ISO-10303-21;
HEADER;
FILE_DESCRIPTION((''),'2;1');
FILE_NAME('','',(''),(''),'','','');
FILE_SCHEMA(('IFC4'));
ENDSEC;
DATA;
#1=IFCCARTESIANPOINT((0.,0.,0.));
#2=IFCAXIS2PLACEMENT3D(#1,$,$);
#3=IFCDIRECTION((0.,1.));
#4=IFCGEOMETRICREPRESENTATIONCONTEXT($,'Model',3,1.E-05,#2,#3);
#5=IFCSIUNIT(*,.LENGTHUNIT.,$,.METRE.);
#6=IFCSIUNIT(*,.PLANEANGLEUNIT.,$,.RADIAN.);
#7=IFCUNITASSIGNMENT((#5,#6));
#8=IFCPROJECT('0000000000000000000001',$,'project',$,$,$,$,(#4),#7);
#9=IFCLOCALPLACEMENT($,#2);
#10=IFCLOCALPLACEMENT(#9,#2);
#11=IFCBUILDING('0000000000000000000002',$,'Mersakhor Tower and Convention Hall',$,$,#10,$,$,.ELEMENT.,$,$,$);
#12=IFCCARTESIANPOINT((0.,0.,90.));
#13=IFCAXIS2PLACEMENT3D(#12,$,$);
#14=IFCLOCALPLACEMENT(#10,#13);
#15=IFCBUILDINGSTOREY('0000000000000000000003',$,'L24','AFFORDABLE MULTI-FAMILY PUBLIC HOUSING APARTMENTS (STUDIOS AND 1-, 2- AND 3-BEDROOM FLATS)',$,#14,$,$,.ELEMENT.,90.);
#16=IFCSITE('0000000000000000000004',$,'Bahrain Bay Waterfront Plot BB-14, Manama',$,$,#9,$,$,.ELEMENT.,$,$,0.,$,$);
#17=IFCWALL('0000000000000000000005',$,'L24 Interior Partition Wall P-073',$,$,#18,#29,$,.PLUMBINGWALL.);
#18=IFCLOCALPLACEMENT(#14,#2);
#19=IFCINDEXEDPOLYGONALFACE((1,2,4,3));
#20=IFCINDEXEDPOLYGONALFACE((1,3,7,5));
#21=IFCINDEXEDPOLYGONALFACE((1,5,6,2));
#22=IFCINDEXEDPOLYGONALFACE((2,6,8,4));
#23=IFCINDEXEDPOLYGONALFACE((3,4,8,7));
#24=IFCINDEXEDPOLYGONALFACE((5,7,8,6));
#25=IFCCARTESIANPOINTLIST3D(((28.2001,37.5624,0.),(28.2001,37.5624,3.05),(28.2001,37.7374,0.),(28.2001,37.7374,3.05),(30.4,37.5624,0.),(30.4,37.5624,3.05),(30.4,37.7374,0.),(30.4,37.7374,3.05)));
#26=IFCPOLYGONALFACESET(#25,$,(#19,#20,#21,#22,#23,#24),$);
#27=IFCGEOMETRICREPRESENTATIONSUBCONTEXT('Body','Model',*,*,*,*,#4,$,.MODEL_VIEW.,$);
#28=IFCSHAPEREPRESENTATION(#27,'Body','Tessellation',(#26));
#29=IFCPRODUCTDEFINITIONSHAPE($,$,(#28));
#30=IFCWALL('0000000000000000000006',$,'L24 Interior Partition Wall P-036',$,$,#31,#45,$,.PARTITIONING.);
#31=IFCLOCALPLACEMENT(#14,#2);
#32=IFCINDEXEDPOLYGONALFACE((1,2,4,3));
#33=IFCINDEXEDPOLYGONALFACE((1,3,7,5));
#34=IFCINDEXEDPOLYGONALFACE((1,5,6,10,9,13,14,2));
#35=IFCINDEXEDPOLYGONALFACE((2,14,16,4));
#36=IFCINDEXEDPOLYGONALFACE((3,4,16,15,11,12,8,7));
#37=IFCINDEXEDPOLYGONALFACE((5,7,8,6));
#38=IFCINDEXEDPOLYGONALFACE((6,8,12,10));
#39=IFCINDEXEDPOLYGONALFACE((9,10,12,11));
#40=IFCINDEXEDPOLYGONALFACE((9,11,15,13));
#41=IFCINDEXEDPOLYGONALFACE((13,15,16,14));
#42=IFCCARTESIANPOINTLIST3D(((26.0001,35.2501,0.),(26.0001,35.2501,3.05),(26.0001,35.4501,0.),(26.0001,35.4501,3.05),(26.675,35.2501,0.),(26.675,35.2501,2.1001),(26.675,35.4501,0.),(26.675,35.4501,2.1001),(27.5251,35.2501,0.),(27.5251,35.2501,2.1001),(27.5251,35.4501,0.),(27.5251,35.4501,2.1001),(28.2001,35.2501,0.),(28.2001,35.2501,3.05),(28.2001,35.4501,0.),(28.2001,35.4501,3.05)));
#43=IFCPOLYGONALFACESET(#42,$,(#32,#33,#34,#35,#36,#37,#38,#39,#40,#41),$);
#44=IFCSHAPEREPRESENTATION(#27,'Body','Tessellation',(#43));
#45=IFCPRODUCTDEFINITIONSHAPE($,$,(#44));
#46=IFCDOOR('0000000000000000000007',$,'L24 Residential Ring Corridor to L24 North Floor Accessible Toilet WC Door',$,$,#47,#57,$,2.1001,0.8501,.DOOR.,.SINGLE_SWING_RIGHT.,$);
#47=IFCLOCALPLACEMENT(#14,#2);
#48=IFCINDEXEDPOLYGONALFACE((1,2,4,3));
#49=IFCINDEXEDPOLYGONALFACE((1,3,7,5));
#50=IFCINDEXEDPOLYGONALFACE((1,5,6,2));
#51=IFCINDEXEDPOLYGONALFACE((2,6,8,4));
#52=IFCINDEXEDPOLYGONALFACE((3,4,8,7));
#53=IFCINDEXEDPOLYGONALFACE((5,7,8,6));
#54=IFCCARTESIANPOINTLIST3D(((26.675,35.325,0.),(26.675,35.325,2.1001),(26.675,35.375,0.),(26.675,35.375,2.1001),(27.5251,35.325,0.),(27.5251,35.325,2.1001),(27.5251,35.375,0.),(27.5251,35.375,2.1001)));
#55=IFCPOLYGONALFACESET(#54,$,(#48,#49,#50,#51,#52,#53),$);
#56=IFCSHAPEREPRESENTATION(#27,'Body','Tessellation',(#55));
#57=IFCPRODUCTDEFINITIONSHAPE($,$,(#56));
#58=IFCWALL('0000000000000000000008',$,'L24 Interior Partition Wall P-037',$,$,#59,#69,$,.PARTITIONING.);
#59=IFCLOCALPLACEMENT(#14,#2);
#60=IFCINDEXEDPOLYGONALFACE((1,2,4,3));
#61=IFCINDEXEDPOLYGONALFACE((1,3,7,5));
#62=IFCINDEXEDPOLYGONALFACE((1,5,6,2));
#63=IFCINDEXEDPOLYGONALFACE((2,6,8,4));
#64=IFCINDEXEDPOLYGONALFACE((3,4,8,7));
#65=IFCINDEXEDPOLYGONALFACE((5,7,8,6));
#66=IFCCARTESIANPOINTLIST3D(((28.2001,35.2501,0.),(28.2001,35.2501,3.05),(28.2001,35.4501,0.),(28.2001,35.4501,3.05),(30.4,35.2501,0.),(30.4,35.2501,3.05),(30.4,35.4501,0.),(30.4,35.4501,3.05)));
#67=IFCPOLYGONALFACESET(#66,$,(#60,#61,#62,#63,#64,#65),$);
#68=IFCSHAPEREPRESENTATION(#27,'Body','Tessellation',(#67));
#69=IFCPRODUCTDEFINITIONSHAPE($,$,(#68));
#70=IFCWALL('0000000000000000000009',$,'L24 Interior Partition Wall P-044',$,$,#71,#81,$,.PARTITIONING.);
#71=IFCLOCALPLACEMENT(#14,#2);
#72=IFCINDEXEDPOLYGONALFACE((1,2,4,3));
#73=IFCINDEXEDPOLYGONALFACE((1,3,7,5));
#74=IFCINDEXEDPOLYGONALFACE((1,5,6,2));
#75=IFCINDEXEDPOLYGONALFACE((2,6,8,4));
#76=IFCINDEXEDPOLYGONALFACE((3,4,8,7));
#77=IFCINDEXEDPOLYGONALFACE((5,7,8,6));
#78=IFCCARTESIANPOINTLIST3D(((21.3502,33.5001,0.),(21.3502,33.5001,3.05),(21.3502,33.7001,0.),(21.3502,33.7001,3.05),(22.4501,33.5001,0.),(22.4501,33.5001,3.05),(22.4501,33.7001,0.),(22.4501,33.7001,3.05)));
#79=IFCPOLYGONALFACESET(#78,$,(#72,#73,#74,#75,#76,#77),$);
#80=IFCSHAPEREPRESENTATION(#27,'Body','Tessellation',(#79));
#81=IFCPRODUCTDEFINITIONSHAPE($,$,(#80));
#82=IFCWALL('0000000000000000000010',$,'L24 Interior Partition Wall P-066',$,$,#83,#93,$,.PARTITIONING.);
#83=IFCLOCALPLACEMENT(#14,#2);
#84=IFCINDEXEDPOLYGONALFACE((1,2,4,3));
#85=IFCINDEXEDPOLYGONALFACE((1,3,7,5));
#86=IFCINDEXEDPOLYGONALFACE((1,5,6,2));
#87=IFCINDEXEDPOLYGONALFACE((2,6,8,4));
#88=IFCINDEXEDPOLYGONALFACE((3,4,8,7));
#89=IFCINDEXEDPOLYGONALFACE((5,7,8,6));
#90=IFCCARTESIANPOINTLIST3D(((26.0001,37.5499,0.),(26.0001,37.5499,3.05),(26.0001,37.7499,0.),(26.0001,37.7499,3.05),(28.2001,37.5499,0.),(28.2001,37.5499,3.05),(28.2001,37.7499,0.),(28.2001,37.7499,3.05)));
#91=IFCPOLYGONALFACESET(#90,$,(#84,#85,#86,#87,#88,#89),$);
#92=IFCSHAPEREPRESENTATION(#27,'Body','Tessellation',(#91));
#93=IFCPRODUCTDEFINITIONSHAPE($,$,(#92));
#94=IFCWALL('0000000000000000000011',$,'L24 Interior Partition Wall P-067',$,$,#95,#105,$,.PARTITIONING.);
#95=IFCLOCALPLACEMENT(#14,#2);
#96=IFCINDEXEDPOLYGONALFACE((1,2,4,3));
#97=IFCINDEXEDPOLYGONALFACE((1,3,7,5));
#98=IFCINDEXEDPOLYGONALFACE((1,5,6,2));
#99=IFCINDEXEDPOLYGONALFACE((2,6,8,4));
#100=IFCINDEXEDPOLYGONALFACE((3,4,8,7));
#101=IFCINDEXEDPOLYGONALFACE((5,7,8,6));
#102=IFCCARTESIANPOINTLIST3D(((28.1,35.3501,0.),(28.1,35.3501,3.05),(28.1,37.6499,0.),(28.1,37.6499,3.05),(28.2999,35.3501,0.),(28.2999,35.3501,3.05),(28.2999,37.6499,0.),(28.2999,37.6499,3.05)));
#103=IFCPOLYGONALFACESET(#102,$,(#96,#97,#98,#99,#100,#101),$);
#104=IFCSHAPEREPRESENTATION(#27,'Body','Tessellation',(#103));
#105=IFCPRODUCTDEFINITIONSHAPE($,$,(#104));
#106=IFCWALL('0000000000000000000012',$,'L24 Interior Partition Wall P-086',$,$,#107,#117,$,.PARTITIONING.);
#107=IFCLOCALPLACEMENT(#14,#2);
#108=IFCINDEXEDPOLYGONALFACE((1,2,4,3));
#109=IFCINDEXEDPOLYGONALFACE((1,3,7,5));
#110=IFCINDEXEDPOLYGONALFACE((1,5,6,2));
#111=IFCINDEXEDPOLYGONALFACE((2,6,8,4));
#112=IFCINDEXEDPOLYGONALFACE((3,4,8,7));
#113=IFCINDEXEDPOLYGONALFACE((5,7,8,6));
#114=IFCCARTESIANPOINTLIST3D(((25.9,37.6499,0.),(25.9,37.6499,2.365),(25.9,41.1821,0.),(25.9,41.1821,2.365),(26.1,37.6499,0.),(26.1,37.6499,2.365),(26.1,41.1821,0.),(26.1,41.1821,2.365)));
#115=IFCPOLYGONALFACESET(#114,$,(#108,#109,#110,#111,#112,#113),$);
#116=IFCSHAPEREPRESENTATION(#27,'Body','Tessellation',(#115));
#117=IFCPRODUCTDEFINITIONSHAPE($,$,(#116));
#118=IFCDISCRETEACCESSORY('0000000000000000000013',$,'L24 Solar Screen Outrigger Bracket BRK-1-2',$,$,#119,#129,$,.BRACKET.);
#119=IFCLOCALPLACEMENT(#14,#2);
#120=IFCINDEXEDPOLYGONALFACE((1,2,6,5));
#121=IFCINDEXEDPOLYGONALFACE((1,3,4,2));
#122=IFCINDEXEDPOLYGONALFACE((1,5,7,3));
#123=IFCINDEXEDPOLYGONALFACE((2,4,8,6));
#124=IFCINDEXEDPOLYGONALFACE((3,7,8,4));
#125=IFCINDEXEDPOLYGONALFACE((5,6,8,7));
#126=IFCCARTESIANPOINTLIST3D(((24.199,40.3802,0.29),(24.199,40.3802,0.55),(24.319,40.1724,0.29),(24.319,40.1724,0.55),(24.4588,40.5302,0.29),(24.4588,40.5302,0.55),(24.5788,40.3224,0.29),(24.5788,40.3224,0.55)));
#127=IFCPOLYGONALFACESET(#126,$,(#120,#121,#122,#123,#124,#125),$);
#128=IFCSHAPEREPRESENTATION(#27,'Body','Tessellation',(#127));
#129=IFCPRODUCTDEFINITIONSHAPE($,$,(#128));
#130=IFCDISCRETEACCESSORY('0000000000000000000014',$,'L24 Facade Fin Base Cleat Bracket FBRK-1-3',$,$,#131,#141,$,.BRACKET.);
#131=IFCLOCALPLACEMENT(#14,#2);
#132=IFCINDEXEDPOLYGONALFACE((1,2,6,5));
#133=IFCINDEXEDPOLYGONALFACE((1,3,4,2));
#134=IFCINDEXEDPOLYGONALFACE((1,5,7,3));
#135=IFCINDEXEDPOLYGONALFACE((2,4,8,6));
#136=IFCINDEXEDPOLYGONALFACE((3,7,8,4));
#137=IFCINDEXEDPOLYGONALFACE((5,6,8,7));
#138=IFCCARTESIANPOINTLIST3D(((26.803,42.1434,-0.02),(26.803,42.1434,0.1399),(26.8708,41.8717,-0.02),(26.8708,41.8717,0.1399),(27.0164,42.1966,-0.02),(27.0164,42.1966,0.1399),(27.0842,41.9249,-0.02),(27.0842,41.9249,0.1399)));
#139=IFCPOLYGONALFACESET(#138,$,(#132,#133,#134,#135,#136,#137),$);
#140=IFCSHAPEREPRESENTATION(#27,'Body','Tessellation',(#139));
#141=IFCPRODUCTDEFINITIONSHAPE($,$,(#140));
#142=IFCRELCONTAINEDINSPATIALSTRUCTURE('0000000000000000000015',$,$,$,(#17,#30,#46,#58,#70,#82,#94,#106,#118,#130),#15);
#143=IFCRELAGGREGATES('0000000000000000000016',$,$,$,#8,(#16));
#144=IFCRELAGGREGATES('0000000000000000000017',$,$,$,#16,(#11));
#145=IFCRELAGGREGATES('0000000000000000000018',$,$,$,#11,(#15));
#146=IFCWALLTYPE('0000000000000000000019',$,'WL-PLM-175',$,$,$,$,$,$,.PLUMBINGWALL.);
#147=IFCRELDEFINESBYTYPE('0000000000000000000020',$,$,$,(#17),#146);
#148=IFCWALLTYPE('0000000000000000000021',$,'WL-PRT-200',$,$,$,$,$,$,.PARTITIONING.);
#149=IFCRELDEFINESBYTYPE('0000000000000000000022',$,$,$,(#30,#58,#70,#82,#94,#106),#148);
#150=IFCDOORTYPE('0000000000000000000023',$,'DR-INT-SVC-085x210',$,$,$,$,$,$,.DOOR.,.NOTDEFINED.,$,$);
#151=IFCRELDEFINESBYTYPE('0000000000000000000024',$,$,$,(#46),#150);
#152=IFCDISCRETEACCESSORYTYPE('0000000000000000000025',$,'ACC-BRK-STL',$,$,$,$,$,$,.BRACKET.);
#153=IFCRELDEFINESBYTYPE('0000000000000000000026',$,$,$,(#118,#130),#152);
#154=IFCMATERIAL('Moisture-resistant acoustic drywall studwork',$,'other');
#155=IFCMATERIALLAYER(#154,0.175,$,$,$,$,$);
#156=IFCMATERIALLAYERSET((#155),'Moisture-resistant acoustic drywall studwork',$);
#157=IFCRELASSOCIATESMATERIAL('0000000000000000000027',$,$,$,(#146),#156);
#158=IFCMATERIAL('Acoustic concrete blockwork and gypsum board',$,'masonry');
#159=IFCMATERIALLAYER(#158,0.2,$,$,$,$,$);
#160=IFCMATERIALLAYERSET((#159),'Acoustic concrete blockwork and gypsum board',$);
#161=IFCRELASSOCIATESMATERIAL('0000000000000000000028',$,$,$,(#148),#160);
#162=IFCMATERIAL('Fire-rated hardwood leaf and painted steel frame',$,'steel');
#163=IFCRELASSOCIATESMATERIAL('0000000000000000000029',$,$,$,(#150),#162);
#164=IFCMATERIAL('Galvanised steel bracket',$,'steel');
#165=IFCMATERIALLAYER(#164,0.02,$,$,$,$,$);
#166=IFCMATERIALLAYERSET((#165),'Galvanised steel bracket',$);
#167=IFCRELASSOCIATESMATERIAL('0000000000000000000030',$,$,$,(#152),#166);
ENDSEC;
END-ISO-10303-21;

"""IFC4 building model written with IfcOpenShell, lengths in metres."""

from ifc_helpers import new_model, si_unit, direction, frame, frame_2d, origin, origin_2d, place, context, subcontext, project, spatial, rectangle, extrude, material, layer, layer_set, type_object, element, fill, save


model = new_model("IFC4")

# Units and contexts
model_context = context("Model", 3, precision=1e-05, world=origin(), true_north=direction((0.0, 1.0)))
body_context = subcontext(model_context, "Body", "Model", "MODEL_VIEW")
ifc_project = project(units=[si_unit("LENGTHUNIT", "METRE"), si_unit("PLANEANGLEUNIT", "RADIAN")], contexts=[model_context])

# Site, building, storey
site_placement = place(None, origin())
site = spatial("IfcSite", under=ifc_project, at=site_placement, Name="Bahrain Bay Waterfront Plot BB-14, Manama", CompositionType="ELEMENT", RefElevation=0.0)
building_placement = place(site_placement, origin())
building = spatial("IfcBuilding", under=site, at=building_placement, Name="Mersakhor Tower and Convention Hall", CompositionType="ELEMENT")
storey_placement = place(building_placement, frame((0.0, 0.0, 90.0)))
storey = spatial("IfcBuildingStorey", under=building, at=storey_placement, Name="L24", Description="AFFORDABLE MULTI-FAMILY PUBLIC HOUSING APARTMENTS (STUDIOS AND 1-, 2- AND 3-BEDROOM FLATS)", CompositionType="ELEMENT", Elevation=90.0)

# Wall
ifc_material_1 = material(Name="Moisture-resistant acoustic drywall studwork", Category="other")
ifc_layer_1 = layer(ifc_material_1, 0.175)
ifc_layer_set_1 = layer_set([ifc_layer_1], Name="Moisture-resistant acoustic drywall studwork")
wall_type_1 = type_object("IfcWallType", Name="WL-PLM-175", PredefinedType="PLUMBINGWALL", material=ifc_layer_set_1)
wall_1_placement = place(storey_placement, frame((28.2, 37.6499, 0.0), z_axis=(0.0, 0.0, 1.0), x_axis=(1.0, 0.0, 0.0)))
element("IfcWall", 1, at=wall_1_placement, inside=storey, type_object=wall_type_1, Name="L24 Interior Partition Wall P-073", PredefinedType="PLUMBINGWALL", context=body_context, shape_type="SweptSolid", body=[
    extrude(rectangle(XDim=2.2, YDim=0.175, at=frame_2d((1.1001, 0.0))), origin(), (0.0, 0.0, 1.0), 3.05),
])

# Wall, opening, door
ifc_material_2 = material(Name="Acoustic concrete blockwork and gypsum board", Category="masonry")
ifc_layer_2 = layer(ifc_material_2, 0.2)
ifc_layer_set_2 = layer_set([ifc_layer_2], Name="Acoustic concrete blockwork and gypsum board")
wall_type_2 = type_object("IfcWallType", Name="WL-PRT-200", PredefinedType="PARTITIONING", material=ifc_layer_set_2)
wall_2_placement = place(storey_placement, frame((26.0, 35.3501, 0.0), z_axis=(0.0, 0.0, 1.0), x_axis=(1.0, 0.0, 0.0)))
wall_2 = element("IfcWall", 2, at=wall_2_placement, inside=storey, type_object=wall_type_2, Name="L24 Interior Partition Wall P-036", PredefinedType="PARTITIONING", context=body_context, shape_type="SweptSolid", body=[
    extrude(rectangle(XDim=2.2, YDim=0.2, at=frame_2d((1.1001, 0.0))), origin(), (0.0, 0.0, 1.0), 3.05),
])
opening_1_placement = place(wall_2_placement, frame((0.675, 0.0, 0.0)))
opening_1 = element("IfcOpeningElement", 3, at=opening_1_placement, cuts=wall_2, PredefinedType="OPENING", context=body_context, shape_type="SweptSolid", body=[
    extrude(rectangle(XDim=0.8501, YDim=2.1001, at=frame_2d((0.425, 1.05))), frame((0.0, 0.1099, 0.0), z_axis=(0.0, -1.0, 0.0), x_axis=(1.0, 0.0, 0.0)), (0.0, 0.0, 1.0), 0.22),
])
ifc_material_3 = material(Name="Fire-rated hardwood leaf and painted steel frame", Category="steel")
door_type = type_object("IfcDoorType", Name="DR-INT-SVC-085x210", OperationType="NOTDEFINED", PredefinedType="DOOR", material=ifc_material_3)
door_placement = place(opening_1_placement, origin())
door = element("IfcDoor", 4, at=door_placement, inside=storey, type_object=door_type, Name="L24 Residential Ring Corridor to L24 North Floor Accessible Toilet WC Door", OperationType="SINGLE_SWING_RIGHT", OverallHeight=2.1001, OverallWidth=0.8501, PredefinedType="DOOR", context=body_context, shape_type="SweptSolid", body=[
    extrude(rectangle(XDim=0.8501, YDim=2.1001, at=frame_2d((0.425, 1.05))), frame((0.0, 0.0249, 0.0), z_axis=(0.0, -1.0, 0.0), x_axis=(1.0, 0.0, 0.0)), (0.0, 0.0, 1.0), 0.05),
])
fill(opening_1, door)

# Walls
wall_3_placement = place(storey_placement, frame((28.2, 35.3501, 0.0), z_axis=(0.0, 0.0, 1.0), x_axis=(1.0, 0.0, 0.0)))
element("IfcWall", 5, at=wall_3_placement, inside=storey, type_object=wall_type_2, Name="L24 Interior Partition Wall P-037", PredefinedType="PARTITIONING", context=body_context, shape_type="SweptSolid", body=[
    extrude(rectangle(XDim=2.2, YDim=0.2, at=frame_2d((1.1001, 0.0))), origin(), (0.0, 0.0, 1.0), 3.05),
])
wall_4_placement = place(storey_placement, frame((22.45, 33.6001, 0.0), z_axis=(0.0, 0.0, 1.0), x_axis=(-1.0, 0.0, 0.0)))
element("IfcWall", 6, at=wall_4_placement, inside=storey, type_object=wall_type_2, Name="L24 Interior Partition Wall P-044", PredefinedType="PARTITIONING", context=body_context, shape_type="SweptSolid", body=[
    extrude(rectangle(XDim=1.0999, YDim=0.2, at=frame_2d((0.5498, 0.0))), origin(), (0.0, 0.0, 1.0), 3.05),
])
wall_5_placement = place(storey_placement, frame((26.0, 37.6499, 0.0), z_axis=(0.0, 0.0, 1.0), x_axis=(1.0, 0.0, 0.0)))
element("IfcWall", 7, at=wall_5_placement, inside=storey, type_object=wall_type_2, Name="L24 Interior Partition Wall P-066", PredefinedType="PARTITIONING", context=body_context, shape_type="SweptSolid", body=[
    extrude(rectangle(XDim=2.2, YDim=0.2, at=frame_2d((1.1001, 0.0))), origin(), (0.0, 0.0, 1.0), 3.05),
])
wall_6_placement = place(storey_placement, frame((28.2, 37.6499, 0.0), z_axis=(0.0, 0.0, 1.0), x_axis=(0.0, -1.0, 0.0)))
element("IfcWall", 8, at=wall_6_placement, inside=storey, type_object=wall_type_2, Name="L24 Interior Partition Wall P-067", PredefinedType="PARTITIONING", context=body_context, shape_type="SweptSolid", body=[
    extrude(rectangle(XDim=2.2998, YDim=0.2, at=frame_2d((1.1499, 0.0))), origin(), (0.0, 0.0, 1.0), 3.05),
])
wall_7_placement = place(storey_placement, frame((26.0, 41.1821, 0.0), z_axis=(0.0, 0.0, 1.0), x_axis=(0.0, -1.0, 0.0)))
element("IfcWall", 9, at=wall_7_placement, inside=storey, type_object=wall_type_2, Name="L24 Interior Partition Wall P-086", PredefinedType="PARTITIONING", context=body_context, shape_type="SweptSolid", body=[
    extrude(rectangle(XDim=3.5322, YDim=0.2, at=frame_2d((1.7661, 0.0))), origin(), (0.0, 0.0, 1.0), 2.365),
])

# Discrete accessories
ifc_material_4 = material(Name="Galvanised steel bracket", Category="steel")
ifc_layer_3 = layer(ifc_material_4, 0.02)
ifc_layer_set_3 = layer_set([ifc_layer_3], Name="Galvanised steel bracket")
discrete_accessory_type = type_object("IfcDiscreteAccessoryType", Name="ACC-BRK-STL", PredefinedType="BRACKET", material=ifc_layer_set_3)
discrete_accessory_1_placement = place(storey_placement, frame((24.3889, 40.3513, 0.29), z_axis=(0.0, 0.0, 1.0), x_axis=(0.866025, 0.5, 0.0)))
element("IfcDiscreteAccessory", 10, at=discrete_accessory_1_placement, inside=storey, type_object=discrete_accessory_type, Name="L24 Solar Screen Outrigger Bracket BRK-1-2", PredefinedType="BRACKET", context=body_context, shape_type="SweptSolid", body=[
    extrude(rectangle(XDim=0.3, YDim=0.24, at=origin_2d()), origin(), (0.0, 0.0, 1.0), 0.26),
])
discrete_accessory_2_placement = place(storey_placement, frame((26.9436, 42.0342, -0.02), z_axis=(0.0, 0.0, 1.0), x_axis=(-0.241922, 0.970296, 0.0)))
element("IfcDiscreteAccessory", 11, at=discrete_accessory_2_placement, inside=storey, type_object=discrete_accessory_type, Name="L24 Facade Fin Base Cleat Bracket FBRK-1-3", PredefinedType="BRACKET", context=body_context, shape_type="SweptSolid", body=[
    extrude(rectangle(XDim=0.28, YDim=0.22, at=origin_2d()), origin(), (0.0, 0.0, 1.0), 0.1599),
])

save(model, "model.ifc")
